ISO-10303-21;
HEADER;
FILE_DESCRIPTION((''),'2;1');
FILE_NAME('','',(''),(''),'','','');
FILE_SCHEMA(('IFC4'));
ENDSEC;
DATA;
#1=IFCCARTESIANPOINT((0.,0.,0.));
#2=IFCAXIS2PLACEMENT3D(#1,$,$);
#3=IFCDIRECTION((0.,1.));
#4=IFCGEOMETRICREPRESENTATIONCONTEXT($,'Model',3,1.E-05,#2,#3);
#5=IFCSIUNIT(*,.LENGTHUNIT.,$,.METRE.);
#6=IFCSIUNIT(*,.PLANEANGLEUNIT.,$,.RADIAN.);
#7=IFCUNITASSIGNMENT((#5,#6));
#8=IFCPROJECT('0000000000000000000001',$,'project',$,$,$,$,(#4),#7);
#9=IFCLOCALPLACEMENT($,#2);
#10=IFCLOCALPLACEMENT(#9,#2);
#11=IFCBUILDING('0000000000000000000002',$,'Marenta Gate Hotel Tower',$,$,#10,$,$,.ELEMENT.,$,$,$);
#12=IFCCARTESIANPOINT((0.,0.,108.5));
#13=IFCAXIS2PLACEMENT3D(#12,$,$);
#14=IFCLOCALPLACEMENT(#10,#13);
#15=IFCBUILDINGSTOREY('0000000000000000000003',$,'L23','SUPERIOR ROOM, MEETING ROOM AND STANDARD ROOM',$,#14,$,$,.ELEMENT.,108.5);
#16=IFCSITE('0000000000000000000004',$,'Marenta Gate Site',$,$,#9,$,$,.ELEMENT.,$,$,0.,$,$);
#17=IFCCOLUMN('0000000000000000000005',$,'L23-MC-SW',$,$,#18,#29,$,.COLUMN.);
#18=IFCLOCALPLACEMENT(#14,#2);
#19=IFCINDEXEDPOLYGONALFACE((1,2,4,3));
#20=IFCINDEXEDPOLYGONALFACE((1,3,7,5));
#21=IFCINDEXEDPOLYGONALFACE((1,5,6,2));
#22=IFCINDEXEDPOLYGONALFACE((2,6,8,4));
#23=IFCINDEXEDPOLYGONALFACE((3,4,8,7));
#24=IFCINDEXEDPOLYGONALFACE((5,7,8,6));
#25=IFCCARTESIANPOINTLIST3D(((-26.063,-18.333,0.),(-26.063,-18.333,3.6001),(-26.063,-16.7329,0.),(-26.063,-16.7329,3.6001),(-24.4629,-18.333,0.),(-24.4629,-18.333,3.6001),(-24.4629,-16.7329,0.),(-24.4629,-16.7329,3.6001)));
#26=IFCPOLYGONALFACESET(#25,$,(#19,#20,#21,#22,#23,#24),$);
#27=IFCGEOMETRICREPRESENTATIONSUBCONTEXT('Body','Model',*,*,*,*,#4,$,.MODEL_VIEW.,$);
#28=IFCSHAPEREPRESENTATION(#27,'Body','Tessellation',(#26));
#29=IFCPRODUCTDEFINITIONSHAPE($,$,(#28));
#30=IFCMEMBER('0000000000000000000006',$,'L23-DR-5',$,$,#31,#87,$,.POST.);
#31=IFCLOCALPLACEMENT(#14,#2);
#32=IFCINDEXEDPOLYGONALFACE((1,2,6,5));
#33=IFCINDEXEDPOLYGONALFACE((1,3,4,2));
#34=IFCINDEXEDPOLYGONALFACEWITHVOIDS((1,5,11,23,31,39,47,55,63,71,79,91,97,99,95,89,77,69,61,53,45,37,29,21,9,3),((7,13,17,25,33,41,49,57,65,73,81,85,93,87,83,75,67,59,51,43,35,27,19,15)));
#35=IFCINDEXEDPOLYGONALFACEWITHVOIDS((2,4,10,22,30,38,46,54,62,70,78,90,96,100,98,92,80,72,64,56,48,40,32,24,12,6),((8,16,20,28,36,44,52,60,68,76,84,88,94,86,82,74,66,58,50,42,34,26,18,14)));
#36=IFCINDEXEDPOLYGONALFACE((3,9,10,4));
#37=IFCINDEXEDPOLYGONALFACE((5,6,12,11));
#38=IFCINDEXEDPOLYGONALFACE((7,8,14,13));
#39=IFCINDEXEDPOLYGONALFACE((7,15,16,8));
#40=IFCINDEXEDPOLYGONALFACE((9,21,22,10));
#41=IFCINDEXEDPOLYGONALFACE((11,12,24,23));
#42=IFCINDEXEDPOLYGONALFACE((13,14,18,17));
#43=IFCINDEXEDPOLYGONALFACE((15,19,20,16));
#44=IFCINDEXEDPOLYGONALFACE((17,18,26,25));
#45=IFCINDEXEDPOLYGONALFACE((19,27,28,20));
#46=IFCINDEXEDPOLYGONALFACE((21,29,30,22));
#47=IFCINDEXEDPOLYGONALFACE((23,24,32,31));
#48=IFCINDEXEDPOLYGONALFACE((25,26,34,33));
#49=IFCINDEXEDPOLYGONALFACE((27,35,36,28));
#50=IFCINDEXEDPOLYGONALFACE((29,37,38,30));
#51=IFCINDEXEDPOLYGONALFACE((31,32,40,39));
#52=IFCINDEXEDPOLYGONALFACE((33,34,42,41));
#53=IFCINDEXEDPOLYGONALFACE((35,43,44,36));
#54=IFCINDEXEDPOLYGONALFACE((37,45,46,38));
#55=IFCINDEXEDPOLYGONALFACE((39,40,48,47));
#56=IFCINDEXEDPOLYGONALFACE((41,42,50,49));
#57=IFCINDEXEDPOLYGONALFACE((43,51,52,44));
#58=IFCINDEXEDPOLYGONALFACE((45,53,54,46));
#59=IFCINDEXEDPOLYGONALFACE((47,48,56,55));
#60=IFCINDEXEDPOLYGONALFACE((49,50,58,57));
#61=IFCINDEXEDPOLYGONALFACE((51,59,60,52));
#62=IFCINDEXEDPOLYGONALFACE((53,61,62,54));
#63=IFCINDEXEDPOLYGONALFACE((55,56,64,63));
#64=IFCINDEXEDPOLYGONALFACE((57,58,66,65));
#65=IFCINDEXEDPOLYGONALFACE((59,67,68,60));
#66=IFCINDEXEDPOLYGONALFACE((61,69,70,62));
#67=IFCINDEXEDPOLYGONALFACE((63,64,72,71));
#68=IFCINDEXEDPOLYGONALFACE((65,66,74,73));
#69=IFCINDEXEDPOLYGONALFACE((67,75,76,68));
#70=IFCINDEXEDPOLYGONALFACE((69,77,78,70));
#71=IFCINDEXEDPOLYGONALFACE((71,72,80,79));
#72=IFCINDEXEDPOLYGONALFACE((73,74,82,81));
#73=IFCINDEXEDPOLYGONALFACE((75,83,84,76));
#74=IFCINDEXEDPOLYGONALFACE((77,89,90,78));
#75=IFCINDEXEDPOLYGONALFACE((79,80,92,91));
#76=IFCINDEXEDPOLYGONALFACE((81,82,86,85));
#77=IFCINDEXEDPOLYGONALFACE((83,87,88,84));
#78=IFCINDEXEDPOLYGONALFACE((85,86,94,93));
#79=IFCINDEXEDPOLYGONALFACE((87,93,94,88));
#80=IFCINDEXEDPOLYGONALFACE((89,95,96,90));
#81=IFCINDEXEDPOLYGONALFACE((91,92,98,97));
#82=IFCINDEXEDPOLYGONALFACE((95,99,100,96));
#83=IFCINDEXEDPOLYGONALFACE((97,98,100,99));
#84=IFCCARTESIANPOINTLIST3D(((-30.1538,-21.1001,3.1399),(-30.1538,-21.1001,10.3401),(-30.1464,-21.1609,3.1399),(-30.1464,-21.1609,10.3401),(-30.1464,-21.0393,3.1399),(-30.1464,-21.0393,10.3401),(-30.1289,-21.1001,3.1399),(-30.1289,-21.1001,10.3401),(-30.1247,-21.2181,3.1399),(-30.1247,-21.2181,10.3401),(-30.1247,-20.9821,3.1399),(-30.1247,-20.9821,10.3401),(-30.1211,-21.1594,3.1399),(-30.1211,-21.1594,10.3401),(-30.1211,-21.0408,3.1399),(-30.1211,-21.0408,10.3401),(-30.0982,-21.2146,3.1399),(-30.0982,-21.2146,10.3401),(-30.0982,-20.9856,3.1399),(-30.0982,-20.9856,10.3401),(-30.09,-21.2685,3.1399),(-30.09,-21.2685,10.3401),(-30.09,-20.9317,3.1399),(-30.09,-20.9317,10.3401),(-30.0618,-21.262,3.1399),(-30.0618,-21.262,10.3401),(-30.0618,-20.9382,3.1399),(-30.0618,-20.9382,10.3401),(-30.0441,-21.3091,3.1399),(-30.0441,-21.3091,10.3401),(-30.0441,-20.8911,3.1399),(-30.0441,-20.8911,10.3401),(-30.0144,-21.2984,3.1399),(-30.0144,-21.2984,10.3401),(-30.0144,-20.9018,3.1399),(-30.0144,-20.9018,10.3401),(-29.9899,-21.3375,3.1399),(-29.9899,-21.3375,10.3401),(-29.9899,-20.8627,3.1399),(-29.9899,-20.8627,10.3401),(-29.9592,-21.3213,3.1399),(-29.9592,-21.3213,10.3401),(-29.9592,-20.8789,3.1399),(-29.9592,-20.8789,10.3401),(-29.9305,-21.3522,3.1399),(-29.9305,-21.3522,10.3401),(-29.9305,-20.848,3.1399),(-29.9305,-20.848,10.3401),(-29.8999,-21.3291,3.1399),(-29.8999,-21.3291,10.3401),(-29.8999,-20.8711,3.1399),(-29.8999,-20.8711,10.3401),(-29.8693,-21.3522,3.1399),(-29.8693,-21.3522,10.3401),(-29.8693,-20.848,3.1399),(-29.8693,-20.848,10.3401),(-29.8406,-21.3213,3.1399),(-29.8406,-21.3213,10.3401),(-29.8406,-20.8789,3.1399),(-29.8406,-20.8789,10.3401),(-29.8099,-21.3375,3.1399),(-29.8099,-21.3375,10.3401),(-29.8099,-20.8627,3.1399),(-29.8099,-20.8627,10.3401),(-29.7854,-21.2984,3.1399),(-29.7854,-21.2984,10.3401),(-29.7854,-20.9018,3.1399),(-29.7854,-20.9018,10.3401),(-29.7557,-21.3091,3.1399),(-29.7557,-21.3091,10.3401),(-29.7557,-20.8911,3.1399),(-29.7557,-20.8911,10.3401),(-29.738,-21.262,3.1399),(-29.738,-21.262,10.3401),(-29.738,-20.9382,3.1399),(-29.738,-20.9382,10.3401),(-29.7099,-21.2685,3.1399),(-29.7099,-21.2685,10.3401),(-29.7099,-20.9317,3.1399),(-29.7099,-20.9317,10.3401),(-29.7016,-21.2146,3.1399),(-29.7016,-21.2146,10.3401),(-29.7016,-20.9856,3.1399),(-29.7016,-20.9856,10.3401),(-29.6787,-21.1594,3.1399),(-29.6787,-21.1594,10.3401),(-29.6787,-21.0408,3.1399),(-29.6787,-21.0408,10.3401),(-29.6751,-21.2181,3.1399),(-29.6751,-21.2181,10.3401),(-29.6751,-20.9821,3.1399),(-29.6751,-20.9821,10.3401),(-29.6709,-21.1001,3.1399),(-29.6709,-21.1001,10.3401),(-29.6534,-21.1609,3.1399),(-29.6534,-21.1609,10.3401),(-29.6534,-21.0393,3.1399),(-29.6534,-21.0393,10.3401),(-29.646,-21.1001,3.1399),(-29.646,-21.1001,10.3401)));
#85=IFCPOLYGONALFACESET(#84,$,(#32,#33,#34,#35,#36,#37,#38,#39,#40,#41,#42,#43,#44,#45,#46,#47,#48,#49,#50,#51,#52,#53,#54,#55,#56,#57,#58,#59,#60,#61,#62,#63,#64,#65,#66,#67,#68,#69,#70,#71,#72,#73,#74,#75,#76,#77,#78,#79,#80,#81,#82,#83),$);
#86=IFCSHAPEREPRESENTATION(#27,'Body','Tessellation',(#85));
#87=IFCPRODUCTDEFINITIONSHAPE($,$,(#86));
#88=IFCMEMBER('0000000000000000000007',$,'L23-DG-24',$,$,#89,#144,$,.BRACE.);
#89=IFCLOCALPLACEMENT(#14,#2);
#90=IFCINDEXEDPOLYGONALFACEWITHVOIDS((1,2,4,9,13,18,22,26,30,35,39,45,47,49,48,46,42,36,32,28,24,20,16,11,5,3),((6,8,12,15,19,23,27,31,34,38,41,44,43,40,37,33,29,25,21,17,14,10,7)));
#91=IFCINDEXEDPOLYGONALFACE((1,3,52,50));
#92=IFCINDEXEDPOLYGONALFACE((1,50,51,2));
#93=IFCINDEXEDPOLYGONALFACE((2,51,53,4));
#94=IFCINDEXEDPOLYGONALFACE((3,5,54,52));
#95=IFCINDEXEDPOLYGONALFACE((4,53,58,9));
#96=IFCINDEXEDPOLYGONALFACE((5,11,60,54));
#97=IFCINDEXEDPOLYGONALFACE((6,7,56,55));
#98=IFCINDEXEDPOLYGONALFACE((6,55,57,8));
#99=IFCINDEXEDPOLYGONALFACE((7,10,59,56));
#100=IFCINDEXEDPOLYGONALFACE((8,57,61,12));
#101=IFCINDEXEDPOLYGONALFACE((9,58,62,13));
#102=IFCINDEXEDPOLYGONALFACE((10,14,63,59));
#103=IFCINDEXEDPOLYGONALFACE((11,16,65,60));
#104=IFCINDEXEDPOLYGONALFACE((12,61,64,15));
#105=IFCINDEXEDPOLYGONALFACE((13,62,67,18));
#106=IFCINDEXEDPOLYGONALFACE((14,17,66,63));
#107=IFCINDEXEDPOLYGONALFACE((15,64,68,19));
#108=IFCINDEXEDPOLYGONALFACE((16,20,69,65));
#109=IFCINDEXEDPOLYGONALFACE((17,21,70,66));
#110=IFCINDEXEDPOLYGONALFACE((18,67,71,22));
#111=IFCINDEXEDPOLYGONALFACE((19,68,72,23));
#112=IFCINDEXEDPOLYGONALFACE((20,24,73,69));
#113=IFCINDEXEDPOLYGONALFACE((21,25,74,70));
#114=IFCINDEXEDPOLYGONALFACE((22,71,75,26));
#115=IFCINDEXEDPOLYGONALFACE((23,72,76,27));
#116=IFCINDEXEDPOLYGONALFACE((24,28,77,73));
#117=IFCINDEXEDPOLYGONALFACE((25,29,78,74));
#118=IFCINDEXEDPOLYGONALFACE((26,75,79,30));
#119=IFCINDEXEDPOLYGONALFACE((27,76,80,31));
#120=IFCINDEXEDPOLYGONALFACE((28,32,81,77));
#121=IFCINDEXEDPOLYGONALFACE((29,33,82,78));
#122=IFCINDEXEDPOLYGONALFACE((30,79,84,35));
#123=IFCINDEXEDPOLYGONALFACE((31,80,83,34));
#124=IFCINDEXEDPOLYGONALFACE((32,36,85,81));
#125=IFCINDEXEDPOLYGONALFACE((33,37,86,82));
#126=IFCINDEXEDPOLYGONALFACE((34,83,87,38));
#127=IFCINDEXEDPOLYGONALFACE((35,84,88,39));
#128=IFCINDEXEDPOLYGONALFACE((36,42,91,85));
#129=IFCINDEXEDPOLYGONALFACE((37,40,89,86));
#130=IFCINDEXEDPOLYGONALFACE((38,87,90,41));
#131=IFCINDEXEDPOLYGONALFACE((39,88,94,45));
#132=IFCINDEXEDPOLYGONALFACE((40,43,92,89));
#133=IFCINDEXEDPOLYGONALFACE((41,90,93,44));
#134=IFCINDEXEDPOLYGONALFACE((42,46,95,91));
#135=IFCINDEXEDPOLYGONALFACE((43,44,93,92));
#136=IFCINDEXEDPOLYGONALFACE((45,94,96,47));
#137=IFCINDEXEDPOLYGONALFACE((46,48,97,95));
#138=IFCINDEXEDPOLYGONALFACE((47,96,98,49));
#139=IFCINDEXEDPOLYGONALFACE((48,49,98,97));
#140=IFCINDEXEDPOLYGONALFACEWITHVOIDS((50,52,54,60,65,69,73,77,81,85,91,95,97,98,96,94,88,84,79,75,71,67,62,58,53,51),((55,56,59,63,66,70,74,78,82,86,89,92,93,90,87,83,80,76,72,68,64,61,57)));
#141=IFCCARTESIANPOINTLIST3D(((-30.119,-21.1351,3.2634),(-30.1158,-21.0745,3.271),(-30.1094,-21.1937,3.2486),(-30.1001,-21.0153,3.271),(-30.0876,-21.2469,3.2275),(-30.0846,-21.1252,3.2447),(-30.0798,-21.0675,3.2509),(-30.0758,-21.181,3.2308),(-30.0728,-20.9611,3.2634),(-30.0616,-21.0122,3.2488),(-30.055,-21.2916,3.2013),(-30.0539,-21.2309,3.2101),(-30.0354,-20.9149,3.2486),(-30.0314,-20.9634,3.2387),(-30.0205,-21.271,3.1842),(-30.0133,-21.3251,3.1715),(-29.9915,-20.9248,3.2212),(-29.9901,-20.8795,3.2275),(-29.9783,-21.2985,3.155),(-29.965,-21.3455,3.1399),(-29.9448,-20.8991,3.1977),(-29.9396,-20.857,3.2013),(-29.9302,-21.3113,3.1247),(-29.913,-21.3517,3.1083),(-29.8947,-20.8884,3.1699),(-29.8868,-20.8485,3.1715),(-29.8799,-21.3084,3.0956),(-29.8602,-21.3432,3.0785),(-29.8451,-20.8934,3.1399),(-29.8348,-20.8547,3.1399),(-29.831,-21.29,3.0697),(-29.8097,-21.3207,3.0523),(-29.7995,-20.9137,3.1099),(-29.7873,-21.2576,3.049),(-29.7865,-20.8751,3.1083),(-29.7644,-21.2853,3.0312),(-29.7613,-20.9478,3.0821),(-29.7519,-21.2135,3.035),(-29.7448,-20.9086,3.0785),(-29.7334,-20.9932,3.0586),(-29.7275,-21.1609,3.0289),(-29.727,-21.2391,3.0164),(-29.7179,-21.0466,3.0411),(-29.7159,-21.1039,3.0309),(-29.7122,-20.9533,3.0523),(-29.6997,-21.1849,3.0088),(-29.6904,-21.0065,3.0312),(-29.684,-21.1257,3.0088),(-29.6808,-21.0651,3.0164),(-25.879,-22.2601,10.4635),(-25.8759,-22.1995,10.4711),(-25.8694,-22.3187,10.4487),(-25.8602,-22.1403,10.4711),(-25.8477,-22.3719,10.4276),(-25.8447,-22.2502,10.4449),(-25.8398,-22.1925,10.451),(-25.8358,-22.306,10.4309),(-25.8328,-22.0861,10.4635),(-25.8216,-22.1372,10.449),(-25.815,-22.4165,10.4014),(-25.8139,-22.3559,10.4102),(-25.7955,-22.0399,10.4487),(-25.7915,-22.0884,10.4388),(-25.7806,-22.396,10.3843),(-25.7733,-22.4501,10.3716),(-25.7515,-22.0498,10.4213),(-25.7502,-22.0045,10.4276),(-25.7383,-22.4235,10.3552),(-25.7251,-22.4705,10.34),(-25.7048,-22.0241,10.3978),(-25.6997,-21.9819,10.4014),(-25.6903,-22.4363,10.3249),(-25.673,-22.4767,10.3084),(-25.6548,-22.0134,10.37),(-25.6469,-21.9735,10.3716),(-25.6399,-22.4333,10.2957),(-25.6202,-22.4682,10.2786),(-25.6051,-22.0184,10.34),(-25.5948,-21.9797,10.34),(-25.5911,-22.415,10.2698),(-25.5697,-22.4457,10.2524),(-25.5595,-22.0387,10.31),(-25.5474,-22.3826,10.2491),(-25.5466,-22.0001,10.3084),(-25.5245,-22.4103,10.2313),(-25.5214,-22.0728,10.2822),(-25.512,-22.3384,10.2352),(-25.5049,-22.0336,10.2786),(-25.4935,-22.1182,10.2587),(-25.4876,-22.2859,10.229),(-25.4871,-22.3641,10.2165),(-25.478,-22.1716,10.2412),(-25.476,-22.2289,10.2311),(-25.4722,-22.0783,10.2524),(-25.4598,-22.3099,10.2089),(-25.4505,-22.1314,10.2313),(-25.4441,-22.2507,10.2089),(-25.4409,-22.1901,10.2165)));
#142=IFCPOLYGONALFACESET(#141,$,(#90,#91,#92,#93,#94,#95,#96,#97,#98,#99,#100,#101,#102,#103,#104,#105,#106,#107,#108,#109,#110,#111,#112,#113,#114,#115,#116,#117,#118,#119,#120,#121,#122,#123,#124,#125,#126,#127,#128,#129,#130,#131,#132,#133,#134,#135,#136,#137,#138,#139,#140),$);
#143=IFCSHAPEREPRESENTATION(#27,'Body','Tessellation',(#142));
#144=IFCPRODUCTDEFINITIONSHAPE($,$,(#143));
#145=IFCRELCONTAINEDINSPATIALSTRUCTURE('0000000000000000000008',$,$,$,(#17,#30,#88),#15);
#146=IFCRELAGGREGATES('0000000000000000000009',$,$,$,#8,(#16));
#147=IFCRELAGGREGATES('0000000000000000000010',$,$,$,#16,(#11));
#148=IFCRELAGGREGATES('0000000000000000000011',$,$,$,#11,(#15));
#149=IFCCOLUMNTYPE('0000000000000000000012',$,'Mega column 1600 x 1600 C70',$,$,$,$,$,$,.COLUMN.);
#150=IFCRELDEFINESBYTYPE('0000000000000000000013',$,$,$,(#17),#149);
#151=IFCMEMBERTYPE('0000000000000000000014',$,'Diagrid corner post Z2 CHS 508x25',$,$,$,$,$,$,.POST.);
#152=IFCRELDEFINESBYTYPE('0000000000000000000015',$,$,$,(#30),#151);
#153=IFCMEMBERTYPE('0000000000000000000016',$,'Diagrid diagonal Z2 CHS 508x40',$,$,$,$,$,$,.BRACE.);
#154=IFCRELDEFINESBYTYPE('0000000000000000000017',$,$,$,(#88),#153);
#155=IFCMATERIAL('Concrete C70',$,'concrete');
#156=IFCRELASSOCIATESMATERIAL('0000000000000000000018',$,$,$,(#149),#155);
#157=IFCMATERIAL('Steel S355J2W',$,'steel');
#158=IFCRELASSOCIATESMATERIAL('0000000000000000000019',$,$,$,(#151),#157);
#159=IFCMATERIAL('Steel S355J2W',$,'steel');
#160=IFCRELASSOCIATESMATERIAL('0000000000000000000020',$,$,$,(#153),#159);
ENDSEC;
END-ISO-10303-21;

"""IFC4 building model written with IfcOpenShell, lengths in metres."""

from ifc_helpers import new_model, si_unit, direction, frame, origin, origin_2d, place, context, subcontext, project, spatial, rectangle, hollow_circle, extrude, material, material_profile, profile_set, type_object, element, save


model = new_model("IFC4")

# Units and contexts
model_context = context("Model", 3, precision=1e-05, world=origin(), true_north=direction((0.0, 1.0)))
body_context = subcontext(model_context, "Body", "Model", "MODEL_VIEW")
ifc_project = project(units=[si_unit("LENGTHUNIT", "METRE"), si_unit("PLANEANGLEUNIT", "RADIAN")], contexts=[model_context])

# Site, building, storey
site_placement = place(None, origin())
site = spatial("IfcSite", under=ifc_project, at=site_placement, Name="Marenta Gate Site", CompositionType="ELEMENT", RefElevation=0.0)
building_placement = place(site_placement, origin())
building = spatial("IfcBuilding", under=site, at=building_placement, Name="Marenta Gate Hotel Tower", CompositionType="ELEMENT")
storey_placement = place(building_placement, frame((0.0, 0.0, 108.5)))
storey = spatial("IfcBuildingStorey", under=building, at=storey_placement, Name="L23", Description="SUPERIOR ROOM, MEETING ROOM AND STANDARD ROOM", CompositionType="ELEMENT", Elevation=108.5)

# Column
ifc_material_1 = material(Name="Concrete C70", Category="concrete")
ifc_material_profile_1 = material_profile(ifc_material_1, rectangle(XDim=1.6001, YDim=1.6001, at=origin_2d()), Name="1600 x 1600")
ifc_profile_set_1 = profile_set([ifc_material_profile_1], Name="Concrete C70")
column_type = type_object("IfcColumnType", Name="Mega column 1600 x 1600 C70", PredefinedType="COLUMN", material=ifc_profile_set_1)
column_placement = place(storey_placement, frame((-25.2629, -17.533, 0.0), z_axis=(0.0, 0.0, 1.0), x_axis=(1.0, 0.0, 0.0)))
element("IfcColumn", 1, at=column_placement, inside=storey, type_object=column_type, Name="L23-MC-SW", PredefinedType="COLUMN", context=body_context, shape_type="SweptSolid", body=[
    extrude(rectangle(XDim=1.6001, YDim=1.6001, at=origin_2d()), origin(), (0.0, 0.0, 1.0), 3.6001),
])

# Members
ifc_material_2 = material(Name="Steel S355J2W", Category="steel")
ifc_material_profile_2 = material_profile(ifc_material_2, hollow_circle(Radius=0.2539, WallThickness=0.0249, at=origin_2d()), Name="CHS 508x25")
ifc_profile_set_2 = profile_set([ifc_material_profile_2], Name="Steel S355J2W")
member_type_1 = type_object("IfcMemberType", Name="Diagrid corner post Z2 CHS 508x25", PredefinedType="POST", material=ifc_profile_set_2)
member_1_placement = place(storey_placement, frame((-29.8999, -21.1001, 3.1399), z_axis=(0.0, 0.0, 1.0), x_axis=(1.0, 0.0, 0.0)))
element("IfcMember", 2, at=member_1_placement, inside=storey, type_object=member_type_1, Name="L23-DR-5", PredefinedType="POST", context=body_context, shape_type="SweptSolid", body=[
    extrude(hollow_circle(Radius=0.2539, WallThickness=0.0249, at=origin_2d()), origin(), (0.0, 0.0, 1.0), 7.2002),
])
ifc_material_3 = material(Name="Steel S355J2W", Category="steel")
ifc_material_profile_3 = material_profile(ifc_material_3, hollow_circle(Radius=0.2539, WallThickness=0.04, at=origin_2d()), Name="CHS 508x40")
ifc_profile_set_3 = profile_set([ifc_material_profile_3], Name="Steel S355J2W")
member_type_2 = type_object("IfcMemberType", Name="Diagrid diagonal Z2 CHS 508x40", PredefinedType="BRACE", material=ifc_profile_set_3)
member_2_placement = place(storey_placement, frame((-29.8999, -21.1001, 3.1399), z_axis=(0.50289, -0.133432, 0.853989), x_axis=(0.256457, 0.966556, 0.0)))
element("IfcMember", 3, at=member_2_placement, inside=storey, type_object=member_type_2, Name="L23-DG-24", PredefinedType="BRACE", context=body_context, shape_type="SweptSolid", body=[
    extrude(hollow_circle(Radius=0.2539, WallThickness=0.04, at=origin_2d()), origin(), (0.0, 0.0, 1.0), 8.4312),
])

save(model, "model.ifc")
